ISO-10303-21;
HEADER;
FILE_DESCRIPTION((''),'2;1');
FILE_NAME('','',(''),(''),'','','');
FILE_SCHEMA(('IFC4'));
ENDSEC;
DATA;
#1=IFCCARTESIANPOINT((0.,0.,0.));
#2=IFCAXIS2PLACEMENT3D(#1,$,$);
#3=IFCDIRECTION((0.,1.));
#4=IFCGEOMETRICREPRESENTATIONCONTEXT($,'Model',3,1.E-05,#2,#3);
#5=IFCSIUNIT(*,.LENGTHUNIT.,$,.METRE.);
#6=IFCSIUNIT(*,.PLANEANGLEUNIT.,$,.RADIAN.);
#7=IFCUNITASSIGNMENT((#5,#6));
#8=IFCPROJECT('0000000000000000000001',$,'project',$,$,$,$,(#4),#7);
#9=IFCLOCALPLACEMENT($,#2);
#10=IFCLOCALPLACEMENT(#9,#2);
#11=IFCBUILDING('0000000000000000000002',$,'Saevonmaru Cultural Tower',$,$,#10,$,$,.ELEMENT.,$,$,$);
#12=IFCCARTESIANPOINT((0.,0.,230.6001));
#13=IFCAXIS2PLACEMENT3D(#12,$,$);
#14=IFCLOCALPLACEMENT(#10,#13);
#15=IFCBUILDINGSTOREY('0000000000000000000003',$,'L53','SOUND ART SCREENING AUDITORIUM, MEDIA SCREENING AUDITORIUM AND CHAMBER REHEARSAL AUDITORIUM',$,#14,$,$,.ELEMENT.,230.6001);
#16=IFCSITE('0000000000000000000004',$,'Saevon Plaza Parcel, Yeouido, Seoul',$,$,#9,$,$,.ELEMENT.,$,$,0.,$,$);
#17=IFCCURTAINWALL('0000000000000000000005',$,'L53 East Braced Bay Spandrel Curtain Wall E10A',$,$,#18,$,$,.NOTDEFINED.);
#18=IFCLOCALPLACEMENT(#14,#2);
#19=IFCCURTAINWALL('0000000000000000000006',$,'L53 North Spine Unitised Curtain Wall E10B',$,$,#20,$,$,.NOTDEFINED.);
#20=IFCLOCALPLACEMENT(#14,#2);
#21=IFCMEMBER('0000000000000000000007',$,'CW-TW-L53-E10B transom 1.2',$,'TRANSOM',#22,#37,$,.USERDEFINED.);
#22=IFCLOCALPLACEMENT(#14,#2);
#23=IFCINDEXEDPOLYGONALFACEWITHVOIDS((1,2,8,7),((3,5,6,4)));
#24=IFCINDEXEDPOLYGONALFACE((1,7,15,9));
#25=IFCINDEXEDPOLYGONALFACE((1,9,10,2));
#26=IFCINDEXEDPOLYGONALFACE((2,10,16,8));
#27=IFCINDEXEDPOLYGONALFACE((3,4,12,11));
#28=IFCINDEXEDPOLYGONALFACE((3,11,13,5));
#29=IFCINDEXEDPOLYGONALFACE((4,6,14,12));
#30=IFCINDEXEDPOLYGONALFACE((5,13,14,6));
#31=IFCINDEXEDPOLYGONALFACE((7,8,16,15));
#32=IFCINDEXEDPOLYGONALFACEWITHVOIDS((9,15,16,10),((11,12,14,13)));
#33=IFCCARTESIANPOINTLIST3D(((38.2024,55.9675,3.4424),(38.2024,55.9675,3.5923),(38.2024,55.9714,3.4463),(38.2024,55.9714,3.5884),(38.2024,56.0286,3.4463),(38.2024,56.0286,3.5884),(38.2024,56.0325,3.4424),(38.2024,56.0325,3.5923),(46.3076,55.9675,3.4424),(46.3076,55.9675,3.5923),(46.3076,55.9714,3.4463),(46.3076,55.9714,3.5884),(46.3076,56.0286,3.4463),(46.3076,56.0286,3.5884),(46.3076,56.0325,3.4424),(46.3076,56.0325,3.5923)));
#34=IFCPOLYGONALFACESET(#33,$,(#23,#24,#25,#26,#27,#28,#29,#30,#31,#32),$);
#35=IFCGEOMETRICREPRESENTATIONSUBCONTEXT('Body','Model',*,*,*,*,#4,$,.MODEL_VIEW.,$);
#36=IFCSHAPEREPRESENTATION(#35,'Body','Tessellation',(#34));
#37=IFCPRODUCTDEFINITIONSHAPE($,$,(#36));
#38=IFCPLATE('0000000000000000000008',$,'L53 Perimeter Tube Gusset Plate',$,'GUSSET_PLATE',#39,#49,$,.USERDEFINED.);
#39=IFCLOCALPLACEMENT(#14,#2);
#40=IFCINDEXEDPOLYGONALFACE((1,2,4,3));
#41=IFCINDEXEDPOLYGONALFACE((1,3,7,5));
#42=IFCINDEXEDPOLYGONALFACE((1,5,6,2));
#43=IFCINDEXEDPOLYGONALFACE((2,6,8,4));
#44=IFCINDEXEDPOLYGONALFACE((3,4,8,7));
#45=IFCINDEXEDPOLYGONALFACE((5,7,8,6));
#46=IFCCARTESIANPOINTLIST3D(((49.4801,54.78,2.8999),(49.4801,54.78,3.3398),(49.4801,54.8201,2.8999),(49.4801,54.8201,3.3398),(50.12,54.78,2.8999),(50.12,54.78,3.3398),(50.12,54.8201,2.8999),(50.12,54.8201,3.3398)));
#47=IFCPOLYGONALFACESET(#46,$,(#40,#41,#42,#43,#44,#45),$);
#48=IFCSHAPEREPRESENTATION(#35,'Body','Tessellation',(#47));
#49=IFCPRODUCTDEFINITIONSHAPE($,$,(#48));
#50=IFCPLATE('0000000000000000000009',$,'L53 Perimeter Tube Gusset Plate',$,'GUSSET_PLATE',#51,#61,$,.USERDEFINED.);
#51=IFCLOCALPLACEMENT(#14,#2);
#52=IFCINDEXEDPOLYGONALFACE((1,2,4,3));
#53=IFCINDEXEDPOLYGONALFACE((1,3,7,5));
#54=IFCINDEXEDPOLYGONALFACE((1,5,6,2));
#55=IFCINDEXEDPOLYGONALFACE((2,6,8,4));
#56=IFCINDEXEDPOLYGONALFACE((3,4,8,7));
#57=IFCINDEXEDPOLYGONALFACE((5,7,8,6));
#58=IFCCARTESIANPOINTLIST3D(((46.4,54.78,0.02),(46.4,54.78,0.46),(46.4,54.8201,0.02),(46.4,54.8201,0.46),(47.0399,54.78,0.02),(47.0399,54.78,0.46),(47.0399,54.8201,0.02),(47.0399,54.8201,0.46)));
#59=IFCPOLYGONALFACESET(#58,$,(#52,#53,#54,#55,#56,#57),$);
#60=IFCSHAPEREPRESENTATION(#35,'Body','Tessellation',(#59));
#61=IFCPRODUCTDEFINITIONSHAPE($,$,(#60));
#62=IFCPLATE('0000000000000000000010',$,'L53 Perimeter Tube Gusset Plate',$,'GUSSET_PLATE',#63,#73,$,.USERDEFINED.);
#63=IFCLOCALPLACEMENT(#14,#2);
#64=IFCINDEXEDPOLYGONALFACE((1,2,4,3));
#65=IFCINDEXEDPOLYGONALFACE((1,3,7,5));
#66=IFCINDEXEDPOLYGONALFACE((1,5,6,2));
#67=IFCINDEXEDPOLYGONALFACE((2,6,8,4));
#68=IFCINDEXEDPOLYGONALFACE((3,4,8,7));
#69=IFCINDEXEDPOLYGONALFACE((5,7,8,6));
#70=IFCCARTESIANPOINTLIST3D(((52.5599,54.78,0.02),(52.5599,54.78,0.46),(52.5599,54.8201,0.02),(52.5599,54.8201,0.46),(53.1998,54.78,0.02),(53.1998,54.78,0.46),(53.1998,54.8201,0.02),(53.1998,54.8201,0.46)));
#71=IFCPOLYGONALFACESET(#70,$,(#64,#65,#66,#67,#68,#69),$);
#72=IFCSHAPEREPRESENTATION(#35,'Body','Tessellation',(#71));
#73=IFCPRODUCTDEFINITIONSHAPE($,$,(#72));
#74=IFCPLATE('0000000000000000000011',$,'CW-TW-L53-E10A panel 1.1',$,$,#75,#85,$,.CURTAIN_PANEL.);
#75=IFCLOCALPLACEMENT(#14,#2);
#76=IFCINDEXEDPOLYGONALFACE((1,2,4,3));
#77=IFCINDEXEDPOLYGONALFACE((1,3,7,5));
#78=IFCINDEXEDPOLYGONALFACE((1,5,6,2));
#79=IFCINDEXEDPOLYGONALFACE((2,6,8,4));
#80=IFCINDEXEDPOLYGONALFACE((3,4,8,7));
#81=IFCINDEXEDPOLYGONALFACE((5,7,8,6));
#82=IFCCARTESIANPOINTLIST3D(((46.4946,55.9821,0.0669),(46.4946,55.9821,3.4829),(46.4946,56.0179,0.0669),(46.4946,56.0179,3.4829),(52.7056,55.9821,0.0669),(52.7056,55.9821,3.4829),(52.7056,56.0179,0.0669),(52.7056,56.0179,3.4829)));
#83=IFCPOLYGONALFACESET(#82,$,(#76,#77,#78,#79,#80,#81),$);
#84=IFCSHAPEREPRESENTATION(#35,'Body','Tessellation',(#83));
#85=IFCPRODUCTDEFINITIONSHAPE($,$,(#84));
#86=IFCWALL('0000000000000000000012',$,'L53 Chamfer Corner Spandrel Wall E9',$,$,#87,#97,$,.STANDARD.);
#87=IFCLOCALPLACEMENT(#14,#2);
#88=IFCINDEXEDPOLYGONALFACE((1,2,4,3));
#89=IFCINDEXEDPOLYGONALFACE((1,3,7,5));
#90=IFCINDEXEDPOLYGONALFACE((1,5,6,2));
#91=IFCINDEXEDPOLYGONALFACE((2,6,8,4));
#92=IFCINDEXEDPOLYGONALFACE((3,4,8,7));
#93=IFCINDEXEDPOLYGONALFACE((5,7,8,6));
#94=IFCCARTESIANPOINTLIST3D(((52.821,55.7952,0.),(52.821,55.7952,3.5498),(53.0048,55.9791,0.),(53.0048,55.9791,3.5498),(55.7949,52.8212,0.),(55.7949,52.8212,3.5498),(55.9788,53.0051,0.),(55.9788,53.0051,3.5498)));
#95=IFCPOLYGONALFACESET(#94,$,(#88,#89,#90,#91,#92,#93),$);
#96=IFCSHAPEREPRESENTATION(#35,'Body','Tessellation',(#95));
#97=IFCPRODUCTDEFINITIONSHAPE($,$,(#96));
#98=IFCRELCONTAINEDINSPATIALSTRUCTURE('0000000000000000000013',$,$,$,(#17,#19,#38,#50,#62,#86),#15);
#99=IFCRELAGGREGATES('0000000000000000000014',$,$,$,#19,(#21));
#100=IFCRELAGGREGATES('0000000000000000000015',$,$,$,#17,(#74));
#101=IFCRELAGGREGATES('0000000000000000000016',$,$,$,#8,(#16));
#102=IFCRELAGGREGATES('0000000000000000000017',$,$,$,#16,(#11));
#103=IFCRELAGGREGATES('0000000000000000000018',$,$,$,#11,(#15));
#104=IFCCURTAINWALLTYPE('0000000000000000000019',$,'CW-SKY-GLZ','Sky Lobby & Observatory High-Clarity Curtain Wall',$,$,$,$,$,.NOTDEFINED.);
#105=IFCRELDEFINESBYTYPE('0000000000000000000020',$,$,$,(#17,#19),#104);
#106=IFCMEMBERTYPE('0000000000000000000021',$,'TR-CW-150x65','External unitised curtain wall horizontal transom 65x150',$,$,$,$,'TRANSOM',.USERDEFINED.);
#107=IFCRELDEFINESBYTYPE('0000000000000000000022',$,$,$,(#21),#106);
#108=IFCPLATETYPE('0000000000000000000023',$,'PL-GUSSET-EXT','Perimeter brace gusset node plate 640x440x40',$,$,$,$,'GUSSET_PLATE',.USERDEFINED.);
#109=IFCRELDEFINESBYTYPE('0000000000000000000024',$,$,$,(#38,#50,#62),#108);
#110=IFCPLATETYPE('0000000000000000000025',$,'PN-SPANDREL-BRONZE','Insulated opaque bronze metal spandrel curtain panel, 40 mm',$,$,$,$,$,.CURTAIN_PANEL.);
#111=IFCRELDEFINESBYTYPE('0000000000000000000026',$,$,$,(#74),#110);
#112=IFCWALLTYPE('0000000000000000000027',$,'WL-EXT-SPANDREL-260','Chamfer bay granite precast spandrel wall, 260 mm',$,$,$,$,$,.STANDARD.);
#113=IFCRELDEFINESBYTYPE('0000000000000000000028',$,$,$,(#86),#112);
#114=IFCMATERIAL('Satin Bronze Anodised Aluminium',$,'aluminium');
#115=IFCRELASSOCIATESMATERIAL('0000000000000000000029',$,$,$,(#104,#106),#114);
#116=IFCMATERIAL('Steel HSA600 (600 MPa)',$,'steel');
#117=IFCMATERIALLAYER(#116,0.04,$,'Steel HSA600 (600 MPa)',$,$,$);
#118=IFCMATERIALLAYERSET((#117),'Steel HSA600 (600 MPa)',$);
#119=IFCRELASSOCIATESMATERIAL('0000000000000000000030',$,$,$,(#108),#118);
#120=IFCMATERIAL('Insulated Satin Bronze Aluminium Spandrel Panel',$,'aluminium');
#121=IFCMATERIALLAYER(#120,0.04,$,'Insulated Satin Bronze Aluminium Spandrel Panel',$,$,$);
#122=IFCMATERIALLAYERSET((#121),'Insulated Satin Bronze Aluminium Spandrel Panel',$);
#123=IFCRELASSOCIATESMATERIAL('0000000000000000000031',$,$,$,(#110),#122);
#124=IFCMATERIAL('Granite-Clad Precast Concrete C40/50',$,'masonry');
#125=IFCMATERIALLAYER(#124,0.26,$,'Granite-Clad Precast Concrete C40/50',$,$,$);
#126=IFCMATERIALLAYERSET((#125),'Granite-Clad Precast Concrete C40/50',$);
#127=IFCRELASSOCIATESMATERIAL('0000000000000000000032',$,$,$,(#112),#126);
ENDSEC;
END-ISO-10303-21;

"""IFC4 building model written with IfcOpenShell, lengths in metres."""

from ifc_helpers import new_model, si_unit, direction, frame, frame_2d, origin, origin_2d, place, context, subcontext, project, spatial, rectangle, hollow_rectangle, extrude, material, layer, layer_set, material_profile, profile_set, type_object, element, aggregate, save


model = new_model("IFC4")

# Units and contexts
model_context = context("Model", 3, precision=1e-05, world=origin(), true_north=direction((0.0, 1.0)))
body_context = subcontext(model_context, "Body", "Model", "MODEL_VIEW")
ifc_project = project(units=[si_unit("LENGTHUNIT", "METRE"), si_unit("PLANEANGLEUNIT", "RADIAN")], contexts=[model_context])

# Site, building, storey
site_placement = place(None, origin())
site = spatial("IfcSite", under=ifc_project, at=site_placement, Name="Saevon Plaza Parcel, Yeouido, Seoul", CompositionType="ELEMENT", RefElevation=0.0)
building_placement = place(site_placement, origin())
building = spatial("IfcBuilding", under=site, at=building_placement, Name="Saevonmaru Cultural Tower", CompositionType="ELEMENT")
storey_placement = place(building_placement, frame((0.0, 0.0, 230.6001)))
storey = spatial("IfcBuildingStorey", under=building, at=storey_placement, Name="L53", Description="SOUND ART SCREENING AUDITORIUM, MEDIA SCREENING AUDITORIUM AND CHAMBER REHEARSAL AUDITORIUM", CompositionType="ELEMENT", Elevation=230.6001)

# Shared definitions
ifc_material_1 = material(Name="Satin Bronze Anodised Aluminium", Category="aluminium")
curtain_wall_type = type_object("IfcCurtainWallType", Name="CW-SKY-GLZ", Description="Sky Lobby & Observatory High-Clarity Curtain Wall", PredefinedType="NOTDEFINED", material=ifc_material_1)

# Curtain wall
curtain_wall_1_placement = place(storey_placement, origin())
curtain_wall_1 = element("IfcCurtainWall", 1, at=curtain_wall_1_placement, inside=storey, type_object=curtain_wall_type, Name="L53 East Braced Bay Spandrel Curtain Wall E10A", PredefinedType="NOTDEFINED")

# Curtain wall
curtain_wall_2_placement = place(storey_placement, origin())
curtain_wall_2 = element("IfcCurtainWall", 2, at=curtain_wall_2_placement, inside=storey, type_object=curtain_wall_type, Name="L53 North Spine Unitised Curtain Wall E10B", PredefinedType="NOTDEFINED")

# Member
ifc_material_profile_1 = material_profile(ifc_material_1, hollow_rectangle(XDim=0.0649, YDim=0.1499, WallThickness=0.0039, at=origin_2d()), Name="ALU-TRAN-150x65x4")
ifc_profile_set_1 = profile_set([ifc_material_profile_1], Name="Satin Bronze Anodised Aluminium")
member_type_1 = type_object("IfcMemberType", Name="TR-CW-150x65", Description="External unitised curtain wall horizontal transom 65x150", ElementType="TRANSOM", PredefinedType="USERDEFINED", material=ifc_profile_set_1)
member_1_placement = place(storey_placement, frame((46.3076, 56.0, 3.5173), z_axis=(-1.0, 0.0, 0.0), x_axis=(0.0, -1.0, 0.0)))
member_1 = element("IfcMember", 3, at=member_1_placement, type_object=member_type_1, Name="CW-TW-L53-E10B transom 1.2", ObjectType="TRANSOM", PredefinedType="USERDEFINED", context=body_context, shape_type="SweptSolid", body=[
    extrude(hollow_rectangle(XDim=0.0649, YDim=0.1499, WallThickness=0.0039, at=origin_2d()), origin(), (0.0, 0.0, 1.0), 8.1052),
])
aggregate(curtain_wall_2, [member_1])

# Plates
ifc_material_2 = material(Name="Steel HSA600 (600 MPa)", Category="steel")
ifc_layer_1 = layer(ifc_material_2, 0.04, Name="Steel HSA600 (600 MPa)")
ifc_layer_set_1 = layer_set([ifc_layer_1], Name="Steel HSA600 (600 MPa)")
plate_type_1 = type_object("IfcPlateType", Name="PL-GUSSET-EXT", Description="Perimeter brace gusset node plate 640x440x40", ElementType="GUSSET_PLATE", PredefinedType="USERDEFINED", material=ifc_layer_set_1)
for number, where, z_axis, x_axis, name in (
    (4, (49.8, 54.8, 2.8999), (0.0, 0.0, 1.0), (1.0, 0.0, 0.0), "L53 Perimeter Tube Gusset Plate"),
    (5, (46.72, 54.8, 0.02), (0.0, 0.0, 1.0), (1.0, 0.0, 0.0), "L53 Perimeter Tube Gusset Plate"),
    (6, (52.8799, 54.8, 0.02), (0.0, 0.0, 1.0), (1.0, 0.0, 0.0), "L53 Perimeter Tube Gusset Plate"),
):
    element("IfcPlate", number, at=place(storey_placement, frame(where, z_axis=z_axis, x_axis=x_axis)), inside=storey, type_object=plate_type_1, Name=name, ObjectType="GUSSET_PLATE", PredefinedType="USERDEFINED", context=body_context, shape_type="SweptSolid", body=[
        extrude(rectangle(XDim=0.6399, YDim=0.04, at=origin_2d()), origin(), (0.0, 0.0, 1.0), 0.4399),
    ])

# Plate
ifc_material_3 = material(Name="Insulated Satin Bronze Aluminium Spandrel Panel", Category="aluminium")
ifc_layer_2 = layer(ifc_material_3, 0.04, Name="Insulated Satin Bronze Aluminium Spandrel Panel")
ifc_layer_set_2 = layer_set([ifc_layer_2], Name="Insulated Satin Bronze Aluminium Spandrel Panel")
plate_type_2 = type_object("IfcPlateType", Name="PN-SPANDREL-BRONZE", Description="Insulated opaque bronze metal spandrel curtain panel, 40 mm", PredefinedType="CURTAIN_PANEL", material=ifc_layer_set_2)
plate_placement = place(storey_placement, frame((49.6001, 56.0, 0.0669), z_axis=(0.0, 0.0, 1.0), x_axis=(-1.0, 0.0, 0.0)))
plate = element("IfcPlate", 7, at=plate_placement, type_object=plate_type_2, Name="CW-TW-L53-E10A panel 1.1", PredefinedType="CURTAIN_PANEL", context=body_context, shape_type="SweptSolid", body=[
    extrude(rectangle(XDim=6.2109, YDim=0.0359, at=origin_2d()), origin(), (0.0, 0.0, 1.0), 3.416),
])
aggregate(curtain_wall_1, [plate])

# Wall
ifc_material_4 = material(Name="Granite-Clad Precast Concrete C40/50", Category="masonry")
ifc_layer_3 = layer(ifc_material_4, 0.26, Name="Granite-Clad Precast Concrete C40/50")
ifc_layer_set_3 = layer_set([ifc_layer_3], Name="Granite-Clad Precast Concrete C40/50")
wall_type_1 = type_object("IfcWallType", Name="WL-EXT-SPANDREL-260", Description="Chamfer bay granite precast spandrel wall, 260 mm", PredefinedType="STANDARD", material=ifc_layer_set_3)
wall_1_placement = place(storey_placement, frame((55.887, 52.9131, 0.0), z_axis=(0.0, 0.0, 1.0), x_axis=(-0.707107, 0.707107, 0.0)))
element("IfcWall", 8, at=wall_1_placement, inside=storey, type_object=wall_type_1, Name="L53 Chamfer Corner Spandrel Wall E9", PredefinedType="STANDARD", context=body_context, shape_type="SweptSolid", body=[
    extrude(rectangle(XDim=4.2058, YDim=0.26, at=frame_2d((2.103, 0.0))), origin(), (0.0, 0.0, 1.0), 3.5498),
])

save(model, "model.ifc")
